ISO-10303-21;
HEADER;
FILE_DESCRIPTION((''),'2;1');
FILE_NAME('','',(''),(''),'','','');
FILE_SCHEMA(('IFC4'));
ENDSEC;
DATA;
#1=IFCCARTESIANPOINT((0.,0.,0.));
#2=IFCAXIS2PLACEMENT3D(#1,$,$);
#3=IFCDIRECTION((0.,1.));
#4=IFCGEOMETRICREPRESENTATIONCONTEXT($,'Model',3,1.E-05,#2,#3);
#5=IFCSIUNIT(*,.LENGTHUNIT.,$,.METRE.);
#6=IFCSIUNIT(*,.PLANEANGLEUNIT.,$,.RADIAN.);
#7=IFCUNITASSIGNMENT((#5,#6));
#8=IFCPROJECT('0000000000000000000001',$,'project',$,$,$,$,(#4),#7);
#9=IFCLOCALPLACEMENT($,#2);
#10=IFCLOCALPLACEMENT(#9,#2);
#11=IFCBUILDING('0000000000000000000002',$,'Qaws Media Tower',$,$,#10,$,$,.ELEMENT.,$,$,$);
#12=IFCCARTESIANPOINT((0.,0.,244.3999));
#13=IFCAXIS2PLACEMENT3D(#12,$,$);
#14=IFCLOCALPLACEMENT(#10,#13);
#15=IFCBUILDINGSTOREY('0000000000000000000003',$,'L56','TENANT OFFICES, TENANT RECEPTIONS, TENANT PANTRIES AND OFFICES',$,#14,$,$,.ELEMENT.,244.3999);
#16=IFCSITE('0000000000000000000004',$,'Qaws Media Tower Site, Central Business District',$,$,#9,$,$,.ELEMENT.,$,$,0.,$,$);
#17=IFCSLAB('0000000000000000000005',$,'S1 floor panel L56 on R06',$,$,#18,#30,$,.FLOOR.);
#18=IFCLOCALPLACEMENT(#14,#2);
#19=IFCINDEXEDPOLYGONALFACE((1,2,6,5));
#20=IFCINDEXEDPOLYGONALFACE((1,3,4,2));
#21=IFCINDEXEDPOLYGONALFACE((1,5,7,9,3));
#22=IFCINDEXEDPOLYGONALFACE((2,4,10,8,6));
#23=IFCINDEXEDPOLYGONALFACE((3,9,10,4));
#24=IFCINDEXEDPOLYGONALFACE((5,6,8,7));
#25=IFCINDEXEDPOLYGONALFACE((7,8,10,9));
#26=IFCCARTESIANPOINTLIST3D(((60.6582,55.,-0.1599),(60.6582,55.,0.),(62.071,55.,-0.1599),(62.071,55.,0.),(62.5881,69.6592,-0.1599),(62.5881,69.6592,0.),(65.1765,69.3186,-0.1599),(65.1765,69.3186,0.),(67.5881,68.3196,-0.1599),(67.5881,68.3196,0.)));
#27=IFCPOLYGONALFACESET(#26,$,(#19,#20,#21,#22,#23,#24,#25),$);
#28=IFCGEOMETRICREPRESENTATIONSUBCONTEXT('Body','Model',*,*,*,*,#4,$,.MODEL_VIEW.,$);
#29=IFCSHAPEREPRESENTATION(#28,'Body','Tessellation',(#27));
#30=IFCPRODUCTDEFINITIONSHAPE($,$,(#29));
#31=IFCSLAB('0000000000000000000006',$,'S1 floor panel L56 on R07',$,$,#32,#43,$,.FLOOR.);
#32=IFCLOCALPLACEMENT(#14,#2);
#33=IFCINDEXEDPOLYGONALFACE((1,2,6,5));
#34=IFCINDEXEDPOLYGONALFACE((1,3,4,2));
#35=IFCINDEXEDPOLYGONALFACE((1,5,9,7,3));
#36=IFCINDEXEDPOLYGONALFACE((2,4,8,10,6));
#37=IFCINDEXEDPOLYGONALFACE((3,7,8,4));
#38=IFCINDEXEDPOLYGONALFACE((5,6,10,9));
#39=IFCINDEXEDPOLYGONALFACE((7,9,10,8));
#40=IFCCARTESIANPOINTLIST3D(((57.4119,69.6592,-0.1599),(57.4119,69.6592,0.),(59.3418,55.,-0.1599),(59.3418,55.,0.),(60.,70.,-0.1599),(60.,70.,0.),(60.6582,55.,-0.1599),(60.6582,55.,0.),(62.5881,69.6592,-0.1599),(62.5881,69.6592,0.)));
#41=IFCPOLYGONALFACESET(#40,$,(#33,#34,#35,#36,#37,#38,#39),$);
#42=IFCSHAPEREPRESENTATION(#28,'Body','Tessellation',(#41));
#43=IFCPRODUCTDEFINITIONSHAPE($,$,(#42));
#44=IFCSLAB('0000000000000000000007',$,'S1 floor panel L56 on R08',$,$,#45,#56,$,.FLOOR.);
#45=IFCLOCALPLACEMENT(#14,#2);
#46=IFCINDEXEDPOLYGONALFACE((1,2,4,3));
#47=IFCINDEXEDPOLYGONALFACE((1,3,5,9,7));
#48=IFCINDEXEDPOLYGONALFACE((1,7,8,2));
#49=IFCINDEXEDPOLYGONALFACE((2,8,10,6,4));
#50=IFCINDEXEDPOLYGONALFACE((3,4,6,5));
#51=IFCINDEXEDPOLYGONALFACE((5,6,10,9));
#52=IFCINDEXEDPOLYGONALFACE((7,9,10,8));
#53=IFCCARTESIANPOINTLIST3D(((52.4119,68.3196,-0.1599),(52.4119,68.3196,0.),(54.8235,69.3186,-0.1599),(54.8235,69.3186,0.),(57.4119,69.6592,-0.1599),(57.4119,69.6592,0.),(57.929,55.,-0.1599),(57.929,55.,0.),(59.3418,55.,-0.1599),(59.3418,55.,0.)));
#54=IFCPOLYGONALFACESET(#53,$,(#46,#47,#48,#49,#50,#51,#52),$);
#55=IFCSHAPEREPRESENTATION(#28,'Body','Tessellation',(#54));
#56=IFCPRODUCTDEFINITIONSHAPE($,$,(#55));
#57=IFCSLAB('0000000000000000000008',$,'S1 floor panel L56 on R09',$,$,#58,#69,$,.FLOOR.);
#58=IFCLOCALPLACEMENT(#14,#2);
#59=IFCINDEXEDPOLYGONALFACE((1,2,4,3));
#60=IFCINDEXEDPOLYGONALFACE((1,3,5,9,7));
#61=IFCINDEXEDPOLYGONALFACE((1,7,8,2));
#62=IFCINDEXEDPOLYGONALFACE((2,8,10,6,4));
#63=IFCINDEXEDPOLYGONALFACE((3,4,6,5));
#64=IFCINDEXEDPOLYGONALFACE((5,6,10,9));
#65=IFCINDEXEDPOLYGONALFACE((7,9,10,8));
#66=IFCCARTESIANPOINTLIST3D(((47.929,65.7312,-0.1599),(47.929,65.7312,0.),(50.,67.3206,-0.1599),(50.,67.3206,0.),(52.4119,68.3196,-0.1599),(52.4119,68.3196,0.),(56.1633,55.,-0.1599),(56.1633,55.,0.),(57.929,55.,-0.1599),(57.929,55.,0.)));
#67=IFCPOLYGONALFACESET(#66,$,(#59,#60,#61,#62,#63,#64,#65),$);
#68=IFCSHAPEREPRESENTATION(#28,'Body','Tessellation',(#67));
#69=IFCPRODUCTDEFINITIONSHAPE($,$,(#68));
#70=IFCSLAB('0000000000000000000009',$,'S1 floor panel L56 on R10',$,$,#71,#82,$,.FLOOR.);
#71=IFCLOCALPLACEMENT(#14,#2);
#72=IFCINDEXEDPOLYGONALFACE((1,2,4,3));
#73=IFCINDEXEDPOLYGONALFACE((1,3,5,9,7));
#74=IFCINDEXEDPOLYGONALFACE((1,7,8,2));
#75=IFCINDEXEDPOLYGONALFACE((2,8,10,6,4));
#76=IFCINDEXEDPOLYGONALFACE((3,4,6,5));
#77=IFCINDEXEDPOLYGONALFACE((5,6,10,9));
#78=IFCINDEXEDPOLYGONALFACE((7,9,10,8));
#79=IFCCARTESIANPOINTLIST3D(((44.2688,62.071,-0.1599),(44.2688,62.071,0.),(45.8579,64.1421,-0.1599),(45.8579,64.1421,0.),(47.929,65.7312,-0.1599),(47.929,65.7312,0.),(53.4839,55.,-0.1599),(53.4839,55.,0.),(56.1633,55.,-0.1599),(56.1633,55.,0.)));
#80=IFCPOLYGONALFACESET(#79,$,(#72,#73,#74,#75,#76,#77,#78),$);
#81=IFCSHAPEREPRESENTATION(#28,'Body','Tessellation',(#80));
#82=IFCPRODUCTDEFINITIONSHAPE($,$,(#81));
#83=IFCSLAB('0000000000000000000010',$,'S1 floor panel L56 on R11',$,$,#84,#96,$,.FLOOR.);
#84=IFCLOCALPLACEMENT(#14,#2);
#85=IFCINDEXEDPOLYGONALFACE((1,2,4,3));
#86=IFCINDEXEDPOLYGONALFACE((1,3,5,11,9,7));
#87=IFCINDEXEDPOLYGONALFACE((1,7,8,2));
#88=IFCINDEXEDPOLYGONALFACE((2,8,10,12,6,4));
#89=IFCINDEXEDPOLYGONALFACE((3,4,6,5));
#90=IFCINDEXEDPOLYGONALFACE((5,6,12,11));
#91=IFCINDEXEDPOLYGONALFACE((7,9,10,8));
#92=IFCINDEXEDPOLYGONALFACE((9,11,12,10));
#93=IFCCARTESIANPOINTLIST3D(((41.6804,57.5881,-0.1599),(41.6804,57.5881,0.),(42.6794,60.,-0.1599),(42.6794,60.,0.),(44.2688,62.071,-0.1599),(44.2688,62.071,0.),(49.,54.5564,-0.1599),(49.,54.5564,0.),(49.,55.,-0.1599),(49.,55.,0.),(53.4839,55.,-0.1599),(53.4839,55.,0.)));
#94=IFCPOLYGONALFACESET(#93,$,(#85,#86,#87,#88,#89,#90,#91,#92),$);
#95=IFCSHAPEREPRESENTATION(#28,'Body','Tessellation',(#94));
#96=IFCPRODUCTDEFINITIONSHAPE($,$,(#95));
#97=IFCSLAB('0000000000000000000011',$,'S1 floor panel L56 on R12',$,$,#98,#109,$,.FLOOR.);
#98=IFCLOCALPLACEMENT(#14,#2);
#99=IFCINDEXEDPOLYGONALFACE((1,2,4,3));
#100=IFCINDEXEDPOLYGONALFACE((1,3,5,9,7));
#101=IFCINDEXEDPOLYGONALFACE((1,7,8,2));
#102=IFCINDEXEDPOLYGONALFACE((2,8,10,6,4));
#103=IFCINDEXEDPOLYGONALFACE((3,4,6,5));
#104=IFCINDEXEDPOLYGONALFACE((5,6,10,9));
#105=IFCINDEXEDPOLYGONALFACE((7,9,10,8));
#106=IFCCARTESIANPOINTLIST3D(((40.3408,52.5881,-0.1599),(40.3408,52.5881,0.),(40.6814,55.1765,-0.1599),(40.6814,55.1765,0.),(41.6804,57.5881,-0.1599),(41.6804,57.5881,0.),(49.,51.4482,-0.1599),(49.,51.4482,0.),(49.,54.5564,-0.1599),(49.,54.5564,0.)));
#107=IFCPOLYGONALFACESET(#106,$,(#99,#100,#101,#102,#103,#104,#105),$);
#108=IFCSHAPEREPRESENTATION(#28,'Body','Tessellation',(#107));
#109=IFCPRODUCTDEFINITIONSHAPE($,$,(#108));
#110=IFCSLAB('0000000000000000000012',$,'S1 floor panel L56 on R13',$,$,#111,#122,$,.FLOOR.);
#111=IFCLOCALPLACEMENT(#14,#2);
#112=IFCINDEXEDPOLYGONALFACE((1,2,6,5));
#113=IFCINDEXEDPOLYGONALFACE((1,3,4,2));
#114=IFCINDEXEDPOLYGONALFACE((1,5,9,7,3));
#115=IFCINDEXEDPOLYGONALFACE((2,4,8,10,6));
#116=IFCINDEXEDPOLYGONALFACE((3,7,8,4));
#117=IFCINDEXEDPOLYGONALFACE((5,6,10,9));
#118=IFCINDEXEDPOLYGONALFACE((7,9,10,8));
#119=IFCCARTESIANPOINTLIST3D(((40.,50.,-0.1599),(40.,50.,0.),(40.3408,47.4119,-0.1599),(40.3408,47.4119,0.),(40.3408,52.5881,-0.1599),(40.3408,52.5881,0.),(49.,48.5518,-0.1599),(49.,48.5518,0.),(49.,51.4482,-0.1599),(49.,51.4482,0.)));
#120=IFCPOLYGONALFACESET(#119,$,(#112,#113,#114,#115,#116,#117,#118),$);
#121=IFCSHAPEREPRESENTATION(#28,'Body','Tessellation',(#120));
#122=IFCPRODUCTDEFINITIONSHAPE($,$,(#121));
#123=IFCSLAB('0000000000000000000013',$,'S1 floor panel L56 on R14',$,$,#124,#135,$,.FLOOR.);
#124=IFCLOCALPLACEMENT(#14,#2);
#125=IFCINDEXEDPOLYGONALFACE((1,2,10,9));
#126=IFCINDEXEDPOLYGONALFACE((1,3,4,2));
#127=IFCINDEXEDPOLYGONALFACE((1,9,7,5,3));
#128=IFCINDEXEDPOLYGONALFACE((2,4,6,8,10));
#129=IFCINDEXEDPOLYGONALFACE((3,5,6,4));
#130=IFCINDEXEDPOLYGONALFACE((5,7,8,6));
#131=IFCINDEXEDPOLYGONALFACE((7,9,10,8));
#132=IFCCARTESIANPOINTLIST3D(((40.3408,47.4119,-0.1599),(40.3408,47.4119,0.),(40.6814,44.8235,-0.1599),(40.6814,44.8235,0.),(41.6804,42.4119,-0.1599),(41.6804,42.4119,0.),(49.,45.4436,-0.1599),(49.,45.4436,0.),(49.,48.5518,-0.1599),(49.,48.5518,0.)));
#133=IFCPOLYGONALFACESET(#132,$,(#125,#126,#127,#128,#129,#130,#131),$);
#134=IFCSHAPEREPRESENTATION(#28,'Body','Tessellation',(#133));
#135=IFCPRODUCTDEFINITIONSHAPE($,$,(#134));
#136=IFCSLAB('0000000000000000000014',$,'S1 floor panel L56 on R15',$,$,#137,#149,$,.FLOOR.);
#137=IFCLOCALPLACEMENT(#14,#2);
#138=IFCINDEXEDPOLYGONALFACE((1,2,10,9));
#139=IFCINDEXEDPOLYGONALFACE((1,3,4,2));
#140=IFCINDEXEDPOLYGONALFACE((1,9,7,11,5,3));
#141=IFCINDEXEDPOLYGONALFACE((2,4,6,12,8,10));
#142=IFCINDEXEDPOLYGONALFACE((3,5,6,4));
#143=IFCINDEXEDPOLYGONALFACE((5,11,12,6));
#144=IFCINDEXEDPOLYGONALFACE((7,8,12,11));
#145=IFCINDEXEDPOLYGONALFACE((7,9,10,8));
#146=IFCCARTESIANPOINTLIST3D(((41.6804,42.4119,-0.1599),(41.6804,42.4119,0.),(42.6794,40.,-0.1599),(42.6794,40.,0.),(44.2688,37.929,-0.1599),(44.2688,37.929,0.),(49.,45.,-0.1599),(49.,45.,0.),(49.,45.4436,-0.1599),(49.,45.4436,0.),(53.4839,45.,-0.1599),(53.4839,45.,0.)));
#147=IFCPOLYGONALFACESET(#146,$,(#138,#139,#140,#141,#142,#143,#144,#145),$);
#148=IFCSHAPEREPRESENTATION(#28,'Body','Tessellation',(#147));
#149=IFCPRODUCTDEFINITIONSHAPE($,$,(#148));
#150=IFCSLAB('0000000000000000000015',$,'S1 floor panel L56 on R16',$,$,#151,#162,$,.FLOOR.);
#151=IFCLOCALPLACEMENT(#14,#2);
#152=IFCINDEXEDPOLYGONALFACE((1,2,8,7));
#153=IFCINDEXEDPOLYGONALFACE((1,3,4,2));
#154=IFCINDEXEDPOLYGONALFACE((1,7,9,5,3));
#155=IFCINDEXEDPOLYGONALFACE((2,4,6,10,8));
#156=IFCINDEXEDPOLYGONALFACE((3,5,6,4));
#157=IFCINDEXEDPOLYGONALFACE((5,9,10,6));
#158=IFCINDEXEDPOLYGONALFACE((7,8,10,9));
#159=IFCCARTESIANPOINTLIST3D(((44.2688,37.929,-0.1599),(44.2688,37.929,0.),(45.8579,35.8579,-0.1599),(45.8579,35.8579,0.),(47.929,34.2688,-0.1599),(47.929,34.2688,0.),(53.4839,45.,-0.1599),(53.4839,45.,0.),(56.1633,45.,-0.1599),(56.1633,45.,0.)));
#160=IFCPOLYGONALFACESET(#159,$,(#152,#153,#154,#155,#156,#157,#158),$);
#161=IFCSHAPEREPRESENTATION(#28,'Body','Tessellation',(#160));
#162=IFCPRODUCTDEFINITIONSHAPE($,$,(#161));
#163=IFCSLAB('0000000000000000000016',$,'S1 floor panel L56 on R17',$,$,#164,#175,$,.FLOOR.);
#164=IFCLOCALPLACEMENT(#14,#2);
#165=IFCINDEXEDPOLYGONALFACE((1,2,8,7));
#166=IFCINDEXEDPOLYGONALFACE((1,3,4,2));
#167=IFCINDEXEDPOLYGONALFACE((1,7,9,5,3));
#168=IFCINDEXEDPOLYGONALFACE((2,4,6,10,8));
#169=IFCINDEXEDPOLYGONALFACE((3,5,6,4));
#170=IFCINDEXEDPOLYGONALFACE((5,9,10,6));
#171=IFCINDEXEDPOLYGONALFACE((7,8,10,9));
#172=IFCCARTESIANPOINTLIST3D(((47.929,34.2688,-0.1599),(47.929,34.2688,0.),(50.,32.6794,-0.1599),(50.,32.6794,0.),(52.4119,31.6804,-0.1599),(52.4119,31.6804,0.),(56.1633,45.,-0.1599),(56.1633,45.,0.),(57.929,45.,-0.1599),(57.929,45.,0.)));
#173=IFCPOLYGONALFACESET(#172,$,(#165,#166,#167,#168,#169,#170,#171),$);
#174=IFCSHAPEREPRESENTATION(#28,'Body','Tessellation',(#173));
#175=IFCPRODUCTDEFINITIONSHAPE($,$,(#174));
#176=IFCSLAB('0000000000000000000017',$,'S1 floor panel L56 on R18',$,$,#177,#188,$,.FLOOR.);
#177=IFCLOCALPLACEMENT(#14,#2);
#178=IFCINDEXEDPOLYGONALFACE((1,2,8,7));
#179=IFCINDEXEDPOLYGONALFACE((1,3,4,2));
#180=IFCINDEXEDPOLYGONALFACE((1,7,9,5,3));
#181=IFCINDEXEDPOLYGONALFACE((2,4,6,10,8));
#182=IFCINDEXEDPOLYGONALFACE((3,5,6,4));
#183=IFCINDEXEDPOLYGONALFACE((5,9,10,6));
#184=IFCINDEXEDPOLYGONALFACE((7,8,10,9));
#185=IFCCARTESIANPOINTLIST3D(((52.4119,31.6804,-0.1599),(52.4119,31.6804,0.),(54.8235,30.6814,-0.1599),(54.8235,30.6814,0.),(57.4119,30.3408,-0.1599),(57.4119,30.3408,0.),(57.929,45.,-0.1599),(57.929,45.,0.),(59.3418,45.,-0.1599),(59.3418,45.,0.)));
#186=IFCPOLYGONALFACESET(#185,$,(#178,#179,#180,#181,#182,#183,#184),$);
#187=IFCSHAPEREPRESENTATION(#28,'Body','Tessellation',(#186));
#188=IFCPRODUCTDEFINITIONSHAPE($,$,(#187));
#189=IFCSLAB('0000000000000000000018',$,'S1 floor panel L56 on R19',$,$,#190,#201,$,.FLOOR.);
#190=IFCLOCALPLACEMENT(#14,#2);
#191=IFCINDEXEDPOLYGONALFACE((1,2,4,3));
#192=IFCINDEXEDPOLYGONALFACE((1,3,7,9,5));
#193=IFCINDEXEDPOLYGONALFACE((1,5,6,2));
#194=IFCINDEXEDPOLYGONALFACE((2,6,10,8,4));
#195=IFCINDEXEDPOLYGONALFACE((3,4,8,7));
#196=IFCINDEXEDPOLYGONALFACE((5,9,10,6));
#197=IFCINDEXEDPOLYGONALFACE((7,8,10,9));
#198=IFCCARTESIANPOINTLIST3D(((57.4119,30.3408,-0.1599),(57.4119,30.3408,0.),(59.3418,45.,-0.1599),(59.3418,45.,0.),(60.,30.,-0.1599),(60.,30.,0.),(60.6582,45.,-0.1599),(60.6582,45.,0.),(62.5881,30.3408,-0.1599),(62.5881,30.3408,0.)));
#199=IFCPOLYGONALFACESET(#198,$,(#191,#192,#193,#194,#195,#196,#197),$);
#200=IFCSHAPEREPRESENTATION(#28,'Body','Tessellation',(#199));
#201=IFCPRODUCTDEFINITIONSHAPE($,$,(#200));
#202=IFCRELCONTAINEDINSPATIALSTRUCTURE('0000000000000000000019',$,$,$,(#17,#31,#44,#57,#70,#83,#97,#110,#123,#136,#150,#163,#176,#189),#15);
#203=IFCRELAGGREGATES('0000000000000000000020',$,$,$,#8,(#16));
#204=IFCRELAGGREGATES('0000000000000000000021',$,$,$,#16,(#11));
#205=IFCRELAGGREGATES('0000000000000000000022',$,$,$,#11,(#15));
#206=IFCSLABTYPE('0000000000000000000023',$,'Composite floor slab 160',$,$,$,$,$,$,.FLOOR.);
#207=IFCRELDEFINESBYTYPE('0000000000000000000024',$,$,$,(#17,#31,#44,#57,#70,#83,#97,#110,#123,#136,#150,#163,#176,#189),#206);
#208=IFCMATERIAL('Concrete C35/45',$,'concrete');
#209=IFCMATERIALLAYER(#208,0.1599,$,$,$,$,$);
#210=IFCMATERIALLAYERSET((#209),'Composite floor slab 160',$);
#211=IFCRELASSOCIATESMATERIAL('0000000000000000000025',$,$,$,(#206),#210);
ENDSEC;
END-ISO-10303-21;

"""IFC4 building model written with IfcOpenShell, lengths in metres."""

from ifc_helpers import new_model, si_unit, direction, frame, origin, place, context, subcontext, project, spatial, polyline, outline, extrude, material, layer, layer_set, type_object, element, save


model = new_model("IFC4")

# Units and contexts
model_context = context("Model", 3, precision=1e-05, world=origin(), true_north=direction((0.0, 1.0)))
body_context = subcontext(model_context, "Body", "Model", "MODEL_VIEW")
ifc_project = project(units=[si_unit("LENGTHUNIT", "METRE"), si_unit("PLANEANGLEUNIT", "RADIAN")], contexts=[model_context])

# Site, building, storey
site_placement = place(None, origin())
site = spatial("IfcSite", under=ifc_project, at=site_placement, Name="Qaws Media Tower Site, Central Business District", CompositionType="ELEMENT", RefElevation=0.0)
building_placement = place(site_placement, origin())
building = spatial("IfcBuilding", under=site, at=building_placement, Name="Qaws Media Tower", CompositionType="ELEMENT")
storey_placement = place(building_placement, frame((0.0, 0.0, 244.3999)))
storey = spatial("IfcBuildingStorey", under=building, at=storey_placement, Name="L56", Description="TENANT OFFICES, TENANT RECEPTIONS, TENANT PANTRIES AND OFFICES", CompositionType="ELEMENT", Elevation=244.3999)

# Slabs
ifc_material_1 = material(Name="Concrete C35/45", Category="concrete")
ifc_layer_1 = layer(ifc_material_1, 0.1599)
ifc_layer_set_1 = layer_set([ifc_layer_1], Name="Composite floor slab 160")
slab_type_1 = type_object("IfcSlabType", Name="Composite floor slab 160", PredefinedType="FLOOR", material=ifc_layer_set_1)
slab_1_placement = place(storey_placement, frame((0.0, 0.0, -0.1599)))
element("IfcSlab", 1, at=slab_1_placement, inside=storey, type_object=slab_type_1, Name="S1 floor panel L56 on R06", PredefinedType="FLOOR", context=body_context, shape_type="SweptSolid", body=[
    extrude(outline(polyline([(65.1765, 69.3186), (67.5881, 68.3196), (62.071, 55.0), (60.6582, 55.0), (62.5881, 69.6592), (65.1765, 69.3186)])), origin(), (0.0, 0.0, 1.0), 0.1599),
])
slab_2_placement = place(storey_placement, frame((0.0, 0.0, -0.1599)))
element("IfcSlab", 2, at=slab_2_placement, inside=storey, type_object=slab_type_1, Name="S1 floor panel L56 on R07", PredefinedType="FLOOR", context=body_context, shape_type="SweptSolid", body=[
    extrude(outline(polyline([(60.0, 70.0), (62.5881, 69.6592), (60.6582, 55.0), (59.3418, 55.0), (57.4119, 69.6592), (60.0, 70.0)])), origin(), (0.0, 0.0, 1.0), 0.1599),
])
slab_3_placement = place(storey_placement, frame((0.0, 0.0, -0.1599)))
element("IfcSlab", 3, at=slab_3_placement, inside=storey, type_object=slab_type_1, Name="S1 floor panel L56 on R08", PredefinedType="FLOOR", context=body_context, shape_type="SweptSolid", body=[
    extrude(outline(polyline([(54.8235, 69.3186), (57.4119, 69.6592), (59.3418, 55.0), (57.929, 55.0), (52.4119, 68.3196), (54.8235, 69.3186)])), origin(), (0.0, 0.0, 1.0), 0.1599),
])
slab_4_placement = place(storey_placement, frame((0.0, 0.0, -0.1599)))
element("IfcSlab", 4, at=slab_4_placement, inside=storey, type_object=slab_type_1, Name="S1 floor panel L56 on R09", PredefinedType="FLOOR", context=body_context, shape_type="SweptSolid", body=[
    extrude(outline(polyline([(50.0, 67.3206), (52.4119, 68.3196), (57.929, 55.0), (56.1633, 55.0), (47.929, 65.7312), (50.0, 67.3206)])), origin(), (0.0, 0.0, 1.0), 0.1599),
])
slab_5_placement = place(storey_placement, frame((0.0, 0.0, -0.1599)))
element("IfcSlab", 5, at=slab_5_placement, inside=storey, type_object=slab_type_1, Name="S1 floor panel L56 on R10", PredefinedType="FLOOR", context=body_context, shape_type="SweptSolid", body=[
    extrude(outline(polyline([(45.8579, 64.1421), (47.929, 65.7312), (56.1633, 55.0), (53.4839, 55.0), (44.2688, 62.071), (45.8579, 64.1421)])), origin(), (0.0, 0.0, 1.0), 0.1599),
])
slab_6_placement = place(storey_placement, frame((0.0, 0.0, -0.1599)))
element("IfcSlab", 6, at=slab_6_placement, inside=storey, type_object=slab_type_1, Name="S1 floor panel L56 on R11", PredefinedType="FLOOR", context=body_context, shape_type="SweptSolid", body=[
    extrude(outline(polyline([(42.6794, 60.0), (44.2688, 62.071), (53.4839, 55.0), (49.0, 55.0), (49.0, 54.5564), (41.6804, 57.5881), (42.6794, 60.0)])), origin(), (0.0, 0.0, 1.0), 0.1599),
])
slab_7_placement = place(storey_placement, frame((0.0, 0.0, -0.1599)))
element("IfcSlab", 7, at=slab_7_placement, inside=storey, type_object=slab_type_1, Name="S1 floor panel L56 on R12", PredefinedType="FLOOR", context=body_context, shape_type="SweptSolid", body=[
    extrude(outline(polyline([(40.6814, 55.1765), (41.6804, 57.5881), (49.0, 54.5564), (49.0, 51.4482), (40.3408, 52.5881), (40.6814, 55.1765)])), origin(), (0.0, 0.0, 1.0), 0.1599),
])
slab_8_placement = place(storey_placement, frame((0.0, 0.0, -0.1599)))
element("IfcSlab", 8, at=slab_8_placement, inside=storey, type_object=slab_type_1, Name="S1 floor panel L56 on R13", PredefinedType="FLOOR", context=body_context, shape_type="SweptSolid", body=[
    extrude(outline(polyline([(40.0, 50.0), (40.3408, 52.5881), (49.0, 51.4482), (49.0, 48.5518), (40.3408, 47.4119), (40.0, 50.0)])), origin(), (0.0, 0.0, 1.0), 0.1599),
])
slab_9_placement = place(storey_placement, frame((0.0, 0.0, -0.1599)))
element("IfcSlab", 9, at=slab_9_placement, inside=storey, type_object=slab_type_1, Name="S1 floor panel L56 on R14", PredefinedType="FLOOR", context=body_context, shape_type="SweptSolid", body=[
    extrude(outline(polyline([(40.6814, 44.8235), (40.3408, 47.4119), (49.0, 48.5518), (49.0, 45.4436), (41.6804, 42.4119), (40.6814, 44.8235)])), origin(), (0.0, 0.0, 1.0), 0.1599),
])
slab_10_placement = place(storey_placement, frame((0.0, 0.0, -0.1599)))
element("IfcSlab", 10, at=slab_10_placement, inside=storey, type_object=slab_type_1, Name="S1 floor panel L56 on R15", PredefinedType="FLOOR", context=body_context, shape_type="SweptSolid", body=[
    extrude(outline(polyline([(42.6794, 40.0), (41.6804, 42.4119), (49.0, 45.4436), (49.0, 45.0), (53.4839, 45.0), (44.2688, 37.929), (42.6794, 40.0)])), origin(), (0.0, 0.0, 1.0), 0.1599),
])
slab_11_placement = place(storey_placement, frame((0.0, 0.0, -0.1599)))
element("IfcSlab", 11, at=slab_11_placement, inside=storey, type_object=slab_type_1, Name="S1 floor panel L56 on R16", PredefinedType="FLOOR", context=body_context, shape_type="SweptSolid", body=[
    extrude(outline(polyline([(45.8579, 35.8579), (44.2688, 37.929), (53.4839, 45.0), (56.1633, 45.0), (47.929, 34.2688), (45.8579, 35.8579)])), origin(), (0.0, 0.0, 1.0), 0.1599),
])
slab_12_placement = place(storey_placement, frame((0.0, 0.0, -0.1599)))
element("IfcSlab", 12, at=slab_12_placement, inside=storey, type_object=slab_type_1, Name="S1 floor panel L56 on R17", PredefinedType="FLOOR", context=body_context, shape_type="SweptSolid", body=[
    extrude(outline(polyline([(50.0, 32.6794), (47.929, 34.2688), (56.1633, 45.0), (57.929, 45.0), (52.4119, 31.6804), (50.0, 32.6794)])), origin(), (0.0, 0.0, 1.0), 0.1599),
])
slab_13_placement = place(storey_placement, frame((0.0, 0.0, -0.1599)))
element("IfcSlab", 13, at=slab_13_placement, inside=storey, type_object=slab_type_1, Name="S1 floor panel L56 on R18", PredefinedType="FLOOR", context=body_context, shape_type="SweptSolid", body=[
    extrude(outline(polyline([(54.8235, 30.6814), (52.4119, 31.6804), (57.929, 45.0), (59.3418, 45.0), (57.4119, 30.3408), (54.8235, 30.6814)])), origin(), (0.0, 0.0, 1.0), 0.1599),
])
slab_14_placement = place(storey_placement, frame((0.0, 0.0, -0.1599)))
element("IfcSlab", 14, at=slab_14_placement, inside=storey, type_object=slab_type_1, Name="S1 floor panel L56 on R19", PredefinedType="FLOOR", context=body_context, shape_type="SweptSolid", body=[
    extrude(outline(polyline([(60.0, 30.0), (57.4119, 30.3408), (59.3418, 45.0), (60.6582, 45.0), (62.5881, 30.3408), (60.0, 30.0)])), origin(), (0.0, 0.0, 1.0), 0.1599),
])

save(model, "model.ifc")
